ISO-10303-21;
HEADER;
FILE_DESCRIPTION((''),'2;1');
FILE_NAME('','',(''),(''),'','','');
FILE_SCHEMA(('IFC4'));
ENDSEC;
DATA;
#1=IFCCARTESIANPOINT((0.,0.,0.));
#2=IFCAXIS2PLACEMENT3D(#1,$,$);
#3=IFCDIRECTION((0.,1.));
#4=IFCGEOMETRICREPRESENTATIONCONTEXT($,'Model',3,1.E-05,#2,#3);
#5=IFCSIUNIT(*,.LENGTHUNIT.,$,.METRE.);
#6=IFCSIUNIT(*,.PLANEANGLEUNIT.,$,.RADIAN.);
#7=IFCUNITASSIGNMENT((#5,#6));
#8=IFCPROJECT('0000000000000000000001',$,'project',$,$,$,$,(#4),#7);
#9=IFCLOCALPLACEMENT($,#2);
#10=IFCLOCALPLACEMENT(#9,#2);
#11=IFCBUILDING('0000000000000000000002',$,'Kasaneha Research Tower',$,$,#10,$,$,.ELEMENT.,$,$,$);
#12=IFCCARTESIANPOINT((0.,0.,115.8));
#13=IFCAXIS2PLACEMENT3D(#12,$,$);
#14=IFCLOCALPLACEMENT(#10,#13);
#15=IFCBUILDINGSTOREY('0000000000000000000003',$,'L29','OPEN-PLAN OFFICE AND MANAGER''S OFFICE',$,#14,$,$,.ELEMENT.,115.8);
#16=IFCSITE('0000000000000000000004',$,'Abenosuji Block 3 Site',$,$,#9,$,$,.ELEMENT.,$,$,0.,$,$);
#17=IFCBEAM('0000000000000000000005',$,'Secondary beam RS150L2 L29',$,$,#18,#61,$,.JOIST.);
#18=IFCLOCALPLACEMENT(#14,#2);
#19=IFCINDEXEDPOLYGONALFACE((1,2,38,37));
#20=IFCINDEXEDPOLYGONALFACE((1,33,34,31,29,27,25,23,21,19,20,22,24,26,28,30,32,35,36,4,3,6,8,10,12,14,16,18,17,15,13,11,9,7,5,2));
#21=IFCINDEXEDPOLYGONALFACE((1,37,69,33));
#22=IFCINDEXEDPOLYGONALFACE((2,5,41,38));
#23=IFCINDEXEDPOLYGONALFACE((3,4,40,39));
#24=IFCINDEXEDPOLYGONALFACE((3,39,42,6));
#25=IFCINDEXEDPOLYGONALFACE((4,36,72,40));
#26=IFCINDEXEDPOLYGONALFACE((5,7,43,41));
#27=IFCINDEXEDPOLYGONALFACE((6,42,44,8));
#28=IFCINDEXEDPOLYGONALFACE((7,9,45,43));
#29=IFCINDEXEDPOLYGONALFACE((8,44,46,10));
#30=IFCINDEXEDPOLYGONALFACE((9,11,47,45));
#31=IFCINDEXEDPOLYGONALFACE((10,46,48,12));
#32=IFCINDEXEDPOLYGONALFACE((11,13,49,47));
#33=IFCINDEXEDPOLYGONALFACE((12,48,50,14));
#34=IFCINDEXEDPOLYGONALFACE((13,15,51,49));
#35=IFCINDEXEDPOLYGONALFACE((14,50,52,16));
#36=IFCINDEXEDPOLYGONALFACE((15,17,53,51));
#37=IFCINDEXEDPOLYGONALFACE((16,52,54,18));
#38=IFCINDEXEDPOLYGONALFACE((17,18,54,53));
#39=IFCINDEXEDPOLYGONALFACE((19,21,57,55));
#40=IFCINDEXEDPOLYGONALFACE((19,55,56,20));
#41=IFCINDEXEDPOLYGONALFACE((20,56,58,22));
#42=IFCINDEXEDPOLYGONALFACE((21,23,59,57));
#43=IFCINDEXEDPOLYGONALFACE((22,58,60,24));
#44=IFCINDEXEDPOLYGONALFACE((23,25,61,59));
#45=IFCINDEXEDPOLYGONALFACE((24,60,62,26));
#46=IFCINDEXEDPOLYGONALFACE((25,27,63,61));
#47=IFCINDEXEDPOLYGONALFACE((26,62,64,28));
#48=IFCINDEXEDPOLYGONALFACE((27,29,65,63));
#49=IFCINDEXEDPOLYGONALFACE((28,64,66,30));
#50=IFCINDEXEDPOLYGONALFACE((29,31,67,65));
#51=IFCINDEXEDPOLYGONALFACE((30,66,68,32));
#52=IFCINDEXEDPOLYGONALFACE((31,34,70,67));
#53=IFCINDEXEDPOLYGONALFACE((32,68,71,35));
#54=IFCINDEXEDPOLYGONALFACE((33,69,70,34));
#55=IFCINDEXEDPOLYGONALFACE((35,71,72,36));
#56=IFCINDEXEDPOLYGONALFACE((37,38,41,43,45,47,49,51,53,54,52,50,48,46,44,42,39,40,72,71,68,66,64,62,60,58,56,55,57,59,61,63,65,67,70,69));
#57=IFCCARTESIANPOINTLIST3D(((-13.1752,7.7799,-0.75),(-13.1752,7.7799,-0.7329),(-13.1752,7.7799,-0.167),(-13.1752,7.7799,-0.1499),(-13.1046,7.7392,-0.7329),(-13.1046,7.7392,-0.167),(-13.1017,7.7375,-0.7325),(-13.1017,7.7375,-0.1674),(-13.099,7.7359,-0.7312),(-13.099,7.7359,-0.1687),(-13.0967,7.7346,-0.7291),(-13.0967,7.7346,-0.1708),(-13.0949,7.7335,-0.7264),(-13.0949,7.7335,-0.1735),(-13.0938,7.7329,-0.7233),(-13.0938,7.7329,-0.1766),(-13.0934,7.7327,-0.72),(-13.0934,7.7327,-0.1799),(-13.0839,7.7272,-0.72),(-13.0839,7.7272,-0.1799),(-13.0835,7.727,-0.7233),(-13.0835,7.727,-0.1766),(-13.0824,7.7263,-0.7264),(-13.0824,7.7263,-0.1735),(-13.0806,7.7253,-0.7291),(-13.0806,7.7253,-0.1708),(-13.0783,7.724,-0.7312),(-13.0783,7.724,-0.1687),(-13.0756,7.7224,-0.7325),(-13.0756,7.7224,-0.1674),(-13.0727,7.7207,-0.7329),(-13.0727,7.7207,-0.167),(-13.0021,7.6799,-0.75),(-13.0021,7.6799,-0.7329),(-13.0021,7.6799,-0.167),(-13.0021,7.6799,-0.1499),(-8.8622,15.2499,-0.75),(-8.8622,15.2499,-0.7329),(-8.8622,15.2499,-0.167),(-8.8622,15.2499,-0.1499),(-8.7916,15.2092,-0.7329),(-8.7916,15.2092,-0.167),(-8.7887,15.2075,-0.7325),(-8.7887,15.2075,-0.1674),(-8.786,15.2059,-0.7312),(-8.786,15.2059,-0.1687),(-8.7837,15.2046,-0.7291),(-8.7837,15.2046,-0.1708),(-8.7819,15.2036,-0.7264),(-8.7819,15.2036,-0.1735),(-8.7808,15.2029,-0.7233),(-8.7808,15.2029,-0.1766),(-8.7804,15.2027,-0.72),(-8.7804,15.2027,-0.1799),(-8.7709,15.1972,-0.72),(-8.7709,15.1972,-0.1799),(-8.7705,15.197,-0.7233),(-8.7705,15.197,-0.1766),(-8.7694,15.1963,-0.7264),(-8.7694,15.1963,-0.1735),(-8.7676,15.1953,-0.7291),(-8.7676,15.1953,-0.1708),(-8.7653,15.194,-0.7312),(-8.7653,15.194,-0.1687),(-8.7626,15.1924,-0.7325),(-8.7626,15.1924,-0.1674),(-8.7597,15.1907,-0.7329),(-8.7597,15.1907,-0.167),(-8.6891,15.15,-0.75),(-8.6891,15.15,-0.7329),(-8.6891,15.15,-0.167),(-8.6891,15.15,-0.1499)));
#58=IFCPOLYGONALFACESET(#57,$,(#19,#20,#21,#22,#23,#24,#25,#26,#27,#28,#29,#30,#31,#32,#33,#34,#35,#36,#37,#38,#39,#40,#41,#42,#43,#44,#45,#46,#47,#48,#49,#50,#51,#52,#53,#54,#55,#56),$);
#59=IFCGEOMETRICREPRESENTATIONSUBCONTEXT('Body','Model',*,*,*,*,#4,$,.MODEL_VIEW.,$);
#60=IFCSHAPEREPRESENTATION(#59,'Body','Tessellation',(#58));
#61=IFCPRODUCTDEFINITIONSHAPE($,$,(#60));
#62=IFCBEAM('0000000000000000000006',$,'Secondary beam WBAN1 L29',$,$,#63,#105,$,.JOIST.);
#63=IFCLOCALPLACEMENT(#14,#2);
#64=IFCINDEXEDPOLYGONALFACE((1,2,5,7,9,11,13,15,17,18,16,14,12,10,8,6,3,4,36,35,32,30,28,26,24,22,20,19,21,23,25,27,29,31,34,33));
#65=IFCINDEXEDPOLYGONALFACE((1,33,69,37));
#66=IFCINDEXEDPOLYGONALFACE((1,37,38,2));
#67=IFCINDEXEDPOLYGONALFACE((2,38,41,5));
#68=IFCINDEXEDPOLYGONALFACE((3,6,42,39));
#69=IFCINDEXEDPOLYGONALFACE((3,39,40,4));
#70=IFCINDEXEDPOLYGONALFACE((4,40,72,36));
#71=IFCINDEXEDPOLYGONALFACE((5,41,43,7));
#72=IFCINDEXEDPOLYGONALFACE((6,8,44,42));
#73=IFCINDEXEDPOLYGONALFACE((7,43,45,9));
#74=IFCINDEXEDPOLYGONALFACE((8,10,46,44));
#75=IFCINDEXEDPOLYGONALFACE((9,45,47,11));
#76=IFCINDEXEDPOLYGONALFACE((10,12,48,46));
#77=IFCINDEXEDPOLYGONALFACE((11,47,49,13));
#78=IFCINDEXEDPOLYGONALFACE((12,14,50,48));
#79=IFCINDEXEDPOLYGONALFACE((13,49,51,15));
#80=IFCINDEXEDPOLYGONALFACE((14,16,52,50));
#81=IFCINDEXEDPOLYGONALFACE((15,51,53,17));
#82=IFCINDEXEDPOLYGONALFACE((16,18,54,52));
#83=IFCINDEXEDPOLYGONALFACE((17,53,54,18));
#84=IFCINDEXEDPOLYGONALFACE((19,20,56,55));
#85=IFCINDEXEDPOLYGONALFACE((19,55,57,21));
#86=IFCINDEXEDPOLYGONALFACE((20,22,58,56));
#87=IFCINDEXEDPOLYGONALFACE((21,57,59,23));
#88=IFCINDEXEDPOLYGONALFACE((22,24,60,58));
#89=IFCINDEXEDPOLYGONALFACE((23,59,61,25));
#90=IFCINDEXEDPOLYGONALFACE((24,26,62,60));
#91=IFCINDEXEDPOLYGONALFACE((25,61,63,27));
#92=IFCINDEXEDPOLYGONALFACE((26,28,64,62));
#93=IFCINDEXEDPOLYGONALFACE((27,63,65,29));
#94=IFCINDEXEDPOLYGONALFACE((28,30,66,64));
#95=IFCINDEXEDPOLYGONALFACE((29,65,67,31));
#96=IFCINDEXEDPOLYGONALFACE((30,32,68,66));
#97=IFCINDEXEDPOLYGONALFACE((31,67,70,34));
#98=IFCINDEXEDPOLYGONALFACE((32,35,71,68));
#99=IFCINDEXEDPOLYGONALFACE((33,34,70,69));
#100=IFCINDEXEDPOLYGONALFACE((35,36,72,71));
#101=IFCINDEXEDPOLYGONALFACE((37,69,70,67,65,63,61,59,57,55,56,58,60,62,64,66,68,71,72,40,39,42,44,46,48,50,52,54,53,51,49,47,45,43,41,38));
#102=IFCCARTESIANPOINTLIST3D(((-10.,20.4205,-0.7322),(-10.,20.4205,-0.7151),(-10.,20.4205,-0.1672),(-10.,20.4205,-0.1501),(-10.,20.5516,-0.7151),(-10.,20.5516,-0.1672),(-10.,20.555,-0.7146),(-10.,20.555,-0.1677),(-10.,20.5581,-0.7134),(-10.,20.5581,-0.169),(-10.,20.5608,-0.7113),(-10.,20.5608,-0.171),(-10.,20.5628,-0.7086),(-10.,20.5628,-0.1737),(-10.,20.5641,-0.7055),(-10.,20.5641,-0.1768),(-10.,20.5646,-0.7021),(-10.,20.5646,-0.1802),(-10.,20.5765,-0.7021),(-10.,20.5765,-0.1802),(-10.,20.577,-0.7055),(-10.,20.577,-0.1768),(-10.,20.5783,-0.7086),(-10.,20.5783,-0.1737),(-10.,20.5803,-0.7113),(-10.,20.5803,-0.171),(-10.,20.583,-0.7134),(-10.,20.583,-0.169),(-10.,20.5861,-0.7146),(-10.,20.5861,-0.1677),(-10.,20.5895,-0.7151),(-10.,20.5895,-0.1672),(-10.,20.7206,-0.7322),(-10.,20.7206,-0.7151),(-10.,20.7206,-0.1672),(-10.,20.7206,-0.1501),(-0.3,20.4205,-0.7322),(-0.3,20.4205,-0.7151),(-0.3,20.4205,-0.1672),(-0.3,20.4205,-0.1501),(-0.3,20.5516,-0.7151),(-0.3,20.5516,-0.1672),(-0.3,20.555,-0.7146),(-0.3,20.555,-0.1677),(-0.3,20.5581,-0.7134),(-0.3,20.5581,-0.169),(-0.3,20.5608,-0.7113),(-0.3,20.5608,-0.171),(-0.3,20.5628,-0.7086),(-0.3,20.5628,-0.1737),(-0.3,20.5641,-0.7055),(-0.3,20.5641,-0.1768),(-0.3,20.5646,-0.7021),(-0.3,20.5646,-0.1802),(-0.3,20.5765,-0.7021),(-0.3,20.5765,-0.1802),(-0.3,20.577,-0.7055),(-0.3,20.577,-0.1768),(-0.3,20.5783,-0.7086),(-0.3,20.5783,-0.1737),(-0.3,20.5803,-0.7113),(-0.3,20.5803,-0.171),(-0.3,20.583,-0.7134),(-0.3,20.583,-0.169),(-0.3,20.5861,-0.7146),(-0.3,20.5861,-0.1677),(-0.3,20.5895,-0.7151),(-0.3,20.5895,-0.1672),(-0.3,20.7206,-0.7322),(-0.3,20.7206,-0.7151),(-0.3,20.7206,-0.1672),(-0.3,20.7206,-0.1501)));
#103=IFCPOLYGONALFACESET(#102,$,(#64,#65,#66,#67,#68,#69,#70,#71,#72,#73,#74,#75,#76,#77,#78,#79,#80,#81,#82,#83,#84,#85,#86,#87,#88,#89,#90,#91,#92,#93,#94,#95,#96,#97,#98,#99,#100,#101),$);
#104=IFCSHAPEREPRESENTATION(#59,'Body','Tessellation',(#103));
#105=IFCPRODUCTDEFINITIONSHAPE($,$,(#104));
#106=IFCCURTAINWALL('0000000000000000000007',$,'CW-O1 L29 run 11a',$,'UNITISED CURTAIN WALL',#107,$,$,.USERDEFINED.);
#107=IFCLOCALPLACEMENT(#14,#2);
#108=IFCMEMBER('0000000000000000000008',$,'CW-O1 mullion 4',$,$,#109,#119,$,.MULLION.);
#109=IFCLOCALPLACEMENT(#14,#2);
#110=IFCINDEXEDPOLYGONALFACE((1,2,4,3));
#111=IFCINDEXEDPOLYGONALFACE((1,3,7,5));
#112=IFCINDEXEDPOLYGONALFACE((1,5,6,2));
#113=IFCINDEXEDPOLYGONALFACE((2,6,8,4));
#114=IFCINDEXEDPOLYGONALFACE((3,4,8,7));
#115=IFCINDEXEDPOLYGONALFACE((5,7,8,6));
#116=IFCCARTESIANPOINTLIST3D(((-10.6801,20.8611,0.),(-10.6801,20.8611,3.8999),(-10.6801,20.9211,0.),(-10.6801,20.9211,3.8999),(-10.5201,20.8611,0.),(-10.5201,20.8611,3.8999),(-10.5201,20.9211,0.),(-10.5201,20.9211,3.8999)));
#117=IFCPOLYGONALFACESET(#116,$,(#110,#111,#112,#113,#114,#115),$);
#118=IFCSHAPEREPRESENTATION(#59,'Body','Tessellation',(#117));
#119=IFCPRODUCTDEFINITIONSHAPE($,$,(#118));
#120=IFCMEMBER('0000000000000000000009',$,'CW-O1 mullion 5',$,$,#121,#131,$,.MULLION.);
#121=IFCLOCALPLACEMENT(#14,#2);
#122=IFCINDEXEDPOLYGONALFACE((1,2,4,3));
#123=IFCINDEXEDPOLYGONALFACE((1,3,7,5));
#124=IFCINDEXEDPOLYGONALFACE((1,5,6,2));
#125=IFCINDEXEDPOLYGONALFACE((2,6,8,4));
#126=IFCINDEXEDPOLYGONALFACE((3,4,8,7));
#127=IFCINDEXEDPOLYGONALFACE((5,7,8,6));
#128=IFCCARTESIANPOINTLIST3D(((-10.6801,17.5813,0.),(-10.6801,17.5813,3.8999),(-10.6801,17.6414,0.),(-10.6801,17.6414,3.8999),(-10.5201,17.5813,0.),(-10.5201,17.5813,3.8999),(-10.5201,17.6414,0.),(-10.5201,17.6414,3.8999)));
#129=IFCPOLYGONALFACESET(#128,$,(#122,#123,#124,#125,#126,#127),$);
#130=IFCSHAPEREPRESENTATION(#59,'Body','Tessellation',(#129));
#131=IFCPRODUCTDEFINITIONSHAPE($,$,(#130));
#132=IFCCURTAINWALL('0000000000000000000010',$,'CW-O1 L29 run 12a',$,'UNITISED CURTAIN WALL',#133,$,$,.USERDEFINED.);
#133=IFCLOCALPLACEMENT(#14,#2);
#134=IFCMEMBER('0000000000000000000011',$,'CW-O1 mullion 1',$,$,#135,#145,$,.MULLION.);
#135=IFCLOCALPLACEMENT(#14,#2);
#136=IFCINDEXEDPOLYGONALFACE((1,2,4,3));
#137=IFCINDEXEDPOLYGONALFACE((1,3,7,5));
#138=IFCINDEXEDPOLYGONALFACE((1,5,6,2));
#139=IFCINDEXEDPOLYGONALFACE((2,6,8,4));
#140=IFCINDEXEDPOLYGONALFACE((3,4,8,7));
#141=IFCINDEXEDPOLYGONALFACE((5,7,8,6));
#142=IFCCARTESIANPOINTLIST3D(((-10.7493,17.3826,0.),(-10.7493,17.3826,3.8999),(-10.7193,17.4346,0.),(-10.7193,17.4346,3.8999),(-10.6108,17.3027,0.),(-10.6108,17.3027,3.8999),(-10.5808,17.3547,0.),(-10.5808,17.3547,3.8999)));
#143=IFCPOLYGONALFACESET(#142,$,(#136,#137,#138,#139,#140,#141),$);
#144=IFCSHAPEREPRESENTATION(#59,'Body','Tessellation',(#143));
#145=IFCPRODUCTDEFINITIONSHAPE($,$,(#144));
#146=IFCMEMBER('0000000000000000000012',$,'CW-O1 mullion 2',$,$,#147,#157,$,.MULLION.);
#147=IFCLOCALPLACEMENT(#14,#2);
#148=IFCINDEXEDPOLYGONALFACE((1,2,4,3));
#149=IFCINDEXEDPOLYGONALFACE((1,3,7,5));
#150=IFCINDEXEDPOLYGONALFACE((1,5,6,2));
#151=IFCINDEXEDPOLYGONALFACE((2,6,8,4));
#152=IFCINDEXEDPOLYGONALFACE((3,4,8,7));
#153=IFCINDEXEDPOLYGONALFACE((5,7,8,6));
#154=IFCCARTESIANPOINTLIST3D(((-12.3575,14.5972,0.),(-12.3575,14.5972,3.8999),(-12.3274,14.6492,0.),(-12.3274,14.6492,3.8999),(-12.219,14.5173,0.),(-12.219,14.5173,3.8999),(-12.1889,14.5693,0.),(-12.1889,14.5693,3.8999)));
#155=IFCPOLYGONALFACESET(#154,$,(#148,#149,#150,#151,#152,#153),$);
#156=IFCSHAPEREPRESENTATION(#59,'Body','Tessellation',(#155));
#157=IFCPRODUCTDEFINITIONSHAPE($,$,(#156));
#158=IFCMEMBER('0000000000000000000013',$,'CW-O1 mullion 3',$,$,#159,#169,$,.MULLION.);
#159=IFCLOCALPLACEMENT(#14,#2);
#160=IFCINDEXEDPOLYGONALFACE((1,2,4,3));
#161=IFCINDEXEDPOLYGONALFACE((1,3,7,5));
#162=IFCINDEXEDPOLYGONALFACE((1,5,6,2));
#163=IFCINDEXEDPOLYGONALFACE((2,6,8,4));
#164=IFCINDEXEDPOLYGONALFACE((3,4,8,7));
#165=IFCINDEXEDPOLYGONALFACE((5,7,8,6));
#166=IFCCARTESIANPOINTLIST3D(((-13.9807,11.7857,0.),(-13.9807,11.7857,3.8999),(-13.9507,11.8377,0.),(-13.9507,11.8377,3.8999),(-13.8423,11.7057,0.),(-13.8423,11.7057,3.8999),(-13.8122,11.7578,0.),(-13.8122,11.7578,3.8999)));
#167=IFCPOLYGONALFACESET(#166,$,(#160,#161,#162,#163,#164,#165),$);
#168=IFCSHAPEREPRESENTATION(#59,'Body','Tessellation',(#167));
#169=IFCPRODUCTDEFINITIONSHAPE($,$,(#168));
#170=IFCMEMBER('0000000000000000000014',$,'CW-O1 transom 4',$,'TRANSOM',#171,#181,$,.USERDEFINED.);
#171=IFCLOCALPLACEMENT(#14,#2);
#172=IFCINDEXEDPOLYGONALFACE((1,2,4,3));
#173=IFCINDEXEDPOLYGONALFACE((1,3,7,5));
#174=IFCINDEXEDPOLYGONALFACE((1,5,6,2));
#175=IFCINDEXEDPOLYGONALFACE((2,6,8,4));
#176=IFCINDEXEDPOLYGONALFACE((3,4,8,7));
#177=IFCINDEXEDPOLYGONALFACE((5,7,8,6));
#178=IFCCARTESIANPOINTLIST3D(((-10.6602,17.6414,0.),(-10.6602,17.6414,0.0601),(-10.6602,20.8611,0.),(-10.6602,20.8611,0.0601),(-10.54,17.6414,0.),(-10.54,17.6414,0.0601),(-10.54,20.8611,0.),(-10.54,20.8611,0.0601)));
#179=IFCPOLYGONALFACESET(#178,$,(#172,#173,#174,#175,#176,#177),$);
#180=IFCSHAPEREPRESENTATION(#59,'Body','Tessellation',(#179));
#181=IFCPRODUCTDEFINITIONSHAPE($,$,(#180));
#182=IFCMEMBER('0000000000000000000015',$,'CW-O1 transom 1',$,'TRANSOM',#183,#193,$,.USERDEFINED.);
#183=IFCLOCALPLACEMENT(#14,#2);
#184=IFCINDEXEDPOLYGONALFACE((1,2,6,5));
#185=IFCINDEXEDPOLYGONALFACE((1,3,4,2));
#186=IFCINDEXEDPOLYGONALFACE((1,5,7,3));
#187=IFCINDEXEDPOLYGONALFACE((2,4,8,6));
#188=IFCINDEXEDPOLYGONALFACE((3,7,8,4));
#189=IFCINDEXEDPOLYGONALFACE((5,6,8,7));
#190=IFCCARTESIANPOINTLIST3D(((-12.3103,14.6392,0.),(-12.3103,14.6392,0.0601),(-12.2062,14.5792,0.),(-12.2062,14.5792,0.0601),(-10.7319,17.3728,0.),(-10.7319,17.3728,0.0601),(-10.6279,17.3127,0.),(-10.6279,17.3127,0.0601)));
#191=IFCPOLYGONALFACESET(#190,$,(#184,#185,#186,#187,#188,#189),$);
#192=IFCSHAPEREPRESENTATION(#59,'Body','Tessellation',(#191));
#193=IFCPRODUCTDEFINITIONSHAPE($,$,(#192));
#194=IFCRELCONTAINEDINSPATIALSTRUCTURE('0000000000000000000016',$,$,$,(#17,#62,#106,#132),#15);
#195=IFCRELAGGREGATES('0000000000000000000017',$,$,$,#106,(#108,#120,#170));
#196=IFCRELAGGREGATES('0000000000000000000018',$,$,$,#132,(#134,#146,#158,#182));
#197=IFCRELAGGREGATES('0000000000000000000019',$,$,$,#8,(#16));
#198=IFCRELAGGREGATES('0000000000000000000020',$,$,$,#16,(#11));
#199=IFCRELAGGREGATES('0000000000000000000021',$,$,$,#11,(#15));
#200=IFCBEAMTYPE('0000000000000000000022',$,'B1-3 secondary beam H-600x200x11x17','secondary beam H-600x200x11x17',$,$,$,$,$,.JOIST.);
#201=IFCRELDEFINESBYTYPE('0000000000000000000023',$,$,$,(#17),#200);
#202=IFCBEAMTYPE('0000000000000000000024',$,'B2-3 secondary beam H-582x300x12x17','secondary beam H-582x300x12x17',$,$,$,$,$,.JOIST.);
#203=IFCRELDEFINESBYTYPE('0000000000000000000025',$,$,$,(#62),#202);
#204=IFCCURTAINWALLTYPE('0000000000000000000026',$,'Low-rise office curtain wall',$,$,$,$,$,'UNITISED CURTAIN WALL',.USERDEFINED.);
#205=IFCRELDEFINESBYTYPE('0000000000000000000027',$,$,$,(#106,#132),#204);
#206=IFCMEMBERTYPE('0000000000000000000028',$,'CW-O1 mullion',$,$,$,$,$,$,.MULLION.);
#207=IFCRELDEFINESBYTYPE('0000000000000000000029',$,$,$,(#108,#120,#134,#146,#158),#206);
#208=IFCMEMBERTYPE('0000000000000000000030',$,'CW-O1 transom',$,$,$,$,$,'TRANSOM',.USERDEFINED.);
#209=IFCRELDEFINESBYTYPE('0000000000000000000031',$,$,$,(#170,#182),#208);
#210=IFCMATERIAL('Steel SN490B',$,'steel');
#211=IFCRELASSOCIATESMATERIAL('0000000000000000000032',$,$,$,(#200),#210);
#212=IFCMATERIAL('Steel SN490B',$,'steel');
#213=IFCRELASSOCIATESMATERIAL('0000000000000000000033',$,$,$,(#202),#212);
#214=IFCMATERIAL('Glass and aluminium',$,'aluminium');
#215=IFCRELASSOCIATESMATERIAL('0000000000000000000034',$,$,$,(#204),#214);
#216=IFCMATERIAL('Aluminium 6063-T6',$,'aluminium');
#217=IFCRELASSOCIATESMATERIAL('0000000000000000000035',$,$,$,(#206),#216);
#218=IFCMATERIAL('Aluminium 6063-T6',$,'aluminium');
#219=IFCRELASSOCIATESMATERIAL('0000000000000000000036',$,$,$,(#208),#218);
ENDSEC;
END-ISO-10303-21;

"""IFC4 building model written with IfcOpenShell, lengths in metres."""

from ifc_helpers import new_model, si_unit, direction, frame, origin, origin_2d, place, context, subcontext, project, spatial, rectangle, i_section, extrude, material, material_profile, profile_set, type_object, element, aggregate, save


model = new_model("IFC4")

# Units and contexts
model_context = context("Model", 3, precision=1e-05, world=origin(), true_north=direction((0.0, 1.0)))
body_context = subcontext(model_context, "Body", "Model", "MODEL_VIEW")
ifc_project = project(units=[si_unit("LENGTHUNIT", "METRE"), si_unit("PLANEANGLEUNIT", "RADIAN")], contexts=[model_context])

# Site, building, storey
site_placement = place(None, origin())
site = spatial("IfcSite", under=ifc_project, at=site_placement, Name="Abenosuji Block 3 Site", CompositionType="ELEMENT", RefElevation=0.0)
building_placement = place(site_placement, origin())
building = spatial("IfcBuilding", under=site, at=building_placement, Name="Kasaneha Research Tower", CompositionType="ELEMENT")
storey_placement = place(building_placement, frame((0.0, 0.0, 115.8)))
storey = spatial("IfcBuildingStorey", under=building, at=storey_placement, Name="L29", Description="OPEN-PLAN OFFICE AND MANAGER'S OFFICE", CompositionType="ELEMENT", Elevation=115.8)

# Beams
ifc_material_1 = material(Name="Steel SN490B", Category="steel")
ifc_material_profile_1 = material_profile(ifc_material_1, i_section(OverallWidth=0.2, OverallDepth=0.6001, WebThickness=0.011, FlangeThickness=0.0171, FilletRadius=0.0129, at=origin_2d()), Name="H-600x200x11x17")
ifc_profile_set_1 = profile_set([ifc_material_profile_1], Name="Steel SN490B")
beam_type_1 = type_object("IfcBeamType", Name="B1-3 secondary beam H-600x200x11x17", Description="secondary beam H-600x200x11x17", PredefinedType="JOIST", material=ifc_profile_set_1)
beam_1_placement = place(storey_placement, frame((-8.7756, 15.2, -0.45), z_axis=(-0.500017, -0.866015, 0.0), x_axis=(0.866015, -0.500017, 0.0)))
element("IfcBeam", 1, at=beam_1_placement, inside=storey, type_object=beam_type_1, Name="Secondary beam RS150L2 L29", PredefinedType="JOIST", context=body_context, shape_type="SweptSolid", body=[
    extrude(i_section(OverallWidth=0.2, OverallDepth=0.6001, WebThickness=0.011, FlangeThickness=0.0171, FilletRadius=0.0129, at=origin_2d()), origin(), (0.0, 0.0, 1.0), 8.6257),
])
ifc_material_2 = material(Name="Steel SN490B", Category="steel")
ifc_material_profile_2 = material_profile(ifc_material_2, i_section(OverallWidth=0.3, OverallDepth=0.582, WebThickness=0.012, FlangeThickness=0.0171, FilletRadius=0.0129, at=origin_2d()), Name="H-582x300x12x17")
ifc_profile_set_2 = profile_set([ifc_material_profile_2], Name="Steel SN490B")
beam_type_2 = type_object("IfcBeamType", Name="B2-3 secondary beam H-582x300x12x17", Description="secondary beam H-582x300x12x17", PredefinedType="JOIST", material=ifc_profile_set_2)
beam_2_placement = place(storey_placement, frame((-10.0, 20.5706, -0.4412), z_axis=(1.0, 0.0, 0.0), x_axis=(0.0, 1.0, 0.0)))
element("IfcBeam", 2, at=beam_2_placement, inside=storey, type_object=beam_type_2, Name="Secondary beam WBAN1 L29", PredefinedType="JOIST", context=body_context, shape_type="SweptSolid", body=[
    extrude(i_section(OverallWidth=0.3, OverallDepth=0.582, WebThickness=0.012, FlangeThickness=0.0171, FilletRadius=0.0129, at=origin_2d()), origin(), (0.0, 0.0, 1.0), 9.7),
])

# Curtain walls, members
ifc_material_3 = material(Name="Glass and aluminium", Category="aluminium")
curtain_wall_type = type_object("IfcCurtainWallType", Name="Low-rise office curtain wall", ElementType="UNITISED CURTAIN WALL", PredefinedType="USERDEFINED", material=ifc_material_3)
curtain_wall_1_placement = place(storey_placement, origin())
curtain_wall_1 = element("IfcCurtainWall", 3, at=curtain_wall_1_placement, inside=storey, type_object=curtain_wall_type, Name="CW-O1 L29 run 11a", ObjectType="UNITISED CURTAIN WALL", PredefinedType="USERDEFINED")
ifc_material_4 = material(Name="Aluminium 6063-T6", Category="aluminium")
ifc_material_profile_3 = material_profile(ifc_material_4, rectangle(XDim=0.0601, YDim=0.1599, at=origin_2d()), Name="CW-O1 mullion 60x160")
ifc_profile_set_3 = profile_set([ifc_material_profile_3], Name="Aluminium 6063-T6")
member_type_1 = type_object("IfcMemberType", Name="CW-O1 mullion", PredefinedType="MULLION", material=ifc_profile_set_3)
member_1_placement = place(storey_placement, frame((-10.6001, 20.8911, 0.0), z_axis=(0.0, 0.0, 1.0), x_axis=(0.0, -1.0, 0.0)))
member_1 = element("IfcMember", 4, at=member_1_placement, type_object=member_type_1, Name="CW-O1 mullion 4", PredefinedType="MULLION", context=body_context, shape_type="SweptSolid", body=[
    extrude(rectangle(XDim=0.0601, YDim=0.1599, at=origin_2d()), origin(), (0.0, 0.0, 1.0), 3.8999),
])
member_2_placement = place(storey_placement, frame((-10.6001, 17.6113, 0.0), z_axis=(0.0, 0.0, 1.0), x_axis=(0.0, -1.0, 0.0)))
member_2 = element("IfcMember", 5, at=member_2_placement, type_object=member_type_1, Name="CW-O1 mullion 5", PredefinedType="MULLION", context=body_context, shape_type="SweptSolid", body=[
    extrude(rectangle(XDim=0.0601, YDim=0.1599, at=origin_2d()), origin(), (0.0, 0.0, 1.0), 3.8999),
])
curtain_wall_2_placement = place(storey_placement, origin())
curtain_wall_2 = element("IfcCurtainWall", 6, at=curtain_wall_2_placement, inside=storey, type_object=curtain_wall_type, Name="CW-O1 L29 run 12a", ObjectType="UNITISED CURTAIN WALL", PredefinedType="USERDEFINED")
member_3_placement = place(storey_placement, frame((-10.665, 17.3687, 0.0), z_axis=(0.0, 0.0, 1.0), x_axis=(-0.5, -0.866025, 0.0)))
member_3 = element("IfcMember", 7, at=member_3_placement, type_object=member_type_1, Name="CW-O1 mullion 1", PredefinedType="MULLION", context=body_context, shape_type="SweptSolid", body=[
    extrude(rectangle(XDim=0.0601, YDim=0.1599, at=origin_2d()), origin(), (0.0, 0.0, 1.0), 3.8999),
])
member_4_placement = place(storey_placement, frame((-12.2732, 14.5833, 0.0), z_axis=(0.0, 0.0, 1.0), x_axis=(-0.5, -0.866025, 0.0)))
member_4 = element("IfcMember", 8, at=member_4_placement, type_object=member_type_1, Name="CW-O1 mullion 2", PredefinedType="MULLION", context=body_context, shape_type="SweptSolid", body=[
    extrude(rectangle(XDim=0.0601, YDim=0.1599, at=origin_2d()), origin(), (0.0, 0.0, 1.0), 3.8999),
])
member_5_placement = place(storey_placement, frame((-13.8965, 11.7717, 0.0), z_axis=(0.0, 0.0, 1.0), x_axis=(-0.5, -0.866025, 0.0)))
member_5 = element("IfcMember", 9, at=member_5_placement, type_object=member_type_1, Name="CW-O1 mullion 3", PredefinedType="MULLION", context=body_context, shape_type="SweptSolid", body=[
    extrude(rectangle(XDim=0.0601, YDim=0.1599, at=origin_2d()), origin(), (0.0, 0.0, 1.0), 3.8999),
])

# Members
ifc_material_5 = material(Name="Aluminium 6063-T6", Category="aluminium")
ifc_material_profile_4 = material_profile(ifc_material_5, rectangle(XDim=0.1201, YDim=0.0601, at=origin_2d()), Name="CW-O1 transom 120x60")
ifc_profile_set_4 = profile_set([ifc_material_profile_4], Name="Aluminium 6063-T6")
member_type_2 = type_object("IfcMemberType", Name="CW-O1 transom", ElementType="TRANSOM", PredefinedType="USERDEFINED", material=ifc_profile_set_4)
member_6_placement = place(storey_placement, frame((-10.6001, 20.8611, 0.03), z_axis=(0.0, -1.0, 0.0), x_axis=(1.0, 0.0, 0.0)))
member_6 = element("IfcMember", 10, at=member_6_placement, type_object=member_type_2, Name="CW-O1 transom 4", ObjectType="TRANSOM", PredefinedType="USERDEFINED", context=body_context, shape_type="SweptSolid", body=[
    extrude(rectangle(XDim=0.1201, YDim=0.0601, at=origin_2d()), origin(), (0.0, 0.0, 1.0), 3.2197),
])
member_7_placement = place(storey_placement, frame((-10.6799, 17.3428, 0.03), z_axis=(-0.500024, -0.866012, 0.0), x_axis=(0.866012, -0.500024, 0.0)))
member_7 = element("IfcMember", 11, at=member_7_placement, type_object=member_type_2, Name="CW-O1 transom 1", ObjectType="TRANSOM", PredefinedType="USERDEFINED", context=body_context, shape_type="SweptSolid", body=[
    extrude(rectangle(XDim=0.1201, YDim=0.0601, at=origin_2d()), origin(), (0.0, 0.0, 1.0), 3.1565),
])

aggregate(curtain_wall_1, [member_1, member_2, member_6])
aggregate(curtain_wall_2, [member_3, member_4, member_5, member_7])

save(model, "model.ifc")
